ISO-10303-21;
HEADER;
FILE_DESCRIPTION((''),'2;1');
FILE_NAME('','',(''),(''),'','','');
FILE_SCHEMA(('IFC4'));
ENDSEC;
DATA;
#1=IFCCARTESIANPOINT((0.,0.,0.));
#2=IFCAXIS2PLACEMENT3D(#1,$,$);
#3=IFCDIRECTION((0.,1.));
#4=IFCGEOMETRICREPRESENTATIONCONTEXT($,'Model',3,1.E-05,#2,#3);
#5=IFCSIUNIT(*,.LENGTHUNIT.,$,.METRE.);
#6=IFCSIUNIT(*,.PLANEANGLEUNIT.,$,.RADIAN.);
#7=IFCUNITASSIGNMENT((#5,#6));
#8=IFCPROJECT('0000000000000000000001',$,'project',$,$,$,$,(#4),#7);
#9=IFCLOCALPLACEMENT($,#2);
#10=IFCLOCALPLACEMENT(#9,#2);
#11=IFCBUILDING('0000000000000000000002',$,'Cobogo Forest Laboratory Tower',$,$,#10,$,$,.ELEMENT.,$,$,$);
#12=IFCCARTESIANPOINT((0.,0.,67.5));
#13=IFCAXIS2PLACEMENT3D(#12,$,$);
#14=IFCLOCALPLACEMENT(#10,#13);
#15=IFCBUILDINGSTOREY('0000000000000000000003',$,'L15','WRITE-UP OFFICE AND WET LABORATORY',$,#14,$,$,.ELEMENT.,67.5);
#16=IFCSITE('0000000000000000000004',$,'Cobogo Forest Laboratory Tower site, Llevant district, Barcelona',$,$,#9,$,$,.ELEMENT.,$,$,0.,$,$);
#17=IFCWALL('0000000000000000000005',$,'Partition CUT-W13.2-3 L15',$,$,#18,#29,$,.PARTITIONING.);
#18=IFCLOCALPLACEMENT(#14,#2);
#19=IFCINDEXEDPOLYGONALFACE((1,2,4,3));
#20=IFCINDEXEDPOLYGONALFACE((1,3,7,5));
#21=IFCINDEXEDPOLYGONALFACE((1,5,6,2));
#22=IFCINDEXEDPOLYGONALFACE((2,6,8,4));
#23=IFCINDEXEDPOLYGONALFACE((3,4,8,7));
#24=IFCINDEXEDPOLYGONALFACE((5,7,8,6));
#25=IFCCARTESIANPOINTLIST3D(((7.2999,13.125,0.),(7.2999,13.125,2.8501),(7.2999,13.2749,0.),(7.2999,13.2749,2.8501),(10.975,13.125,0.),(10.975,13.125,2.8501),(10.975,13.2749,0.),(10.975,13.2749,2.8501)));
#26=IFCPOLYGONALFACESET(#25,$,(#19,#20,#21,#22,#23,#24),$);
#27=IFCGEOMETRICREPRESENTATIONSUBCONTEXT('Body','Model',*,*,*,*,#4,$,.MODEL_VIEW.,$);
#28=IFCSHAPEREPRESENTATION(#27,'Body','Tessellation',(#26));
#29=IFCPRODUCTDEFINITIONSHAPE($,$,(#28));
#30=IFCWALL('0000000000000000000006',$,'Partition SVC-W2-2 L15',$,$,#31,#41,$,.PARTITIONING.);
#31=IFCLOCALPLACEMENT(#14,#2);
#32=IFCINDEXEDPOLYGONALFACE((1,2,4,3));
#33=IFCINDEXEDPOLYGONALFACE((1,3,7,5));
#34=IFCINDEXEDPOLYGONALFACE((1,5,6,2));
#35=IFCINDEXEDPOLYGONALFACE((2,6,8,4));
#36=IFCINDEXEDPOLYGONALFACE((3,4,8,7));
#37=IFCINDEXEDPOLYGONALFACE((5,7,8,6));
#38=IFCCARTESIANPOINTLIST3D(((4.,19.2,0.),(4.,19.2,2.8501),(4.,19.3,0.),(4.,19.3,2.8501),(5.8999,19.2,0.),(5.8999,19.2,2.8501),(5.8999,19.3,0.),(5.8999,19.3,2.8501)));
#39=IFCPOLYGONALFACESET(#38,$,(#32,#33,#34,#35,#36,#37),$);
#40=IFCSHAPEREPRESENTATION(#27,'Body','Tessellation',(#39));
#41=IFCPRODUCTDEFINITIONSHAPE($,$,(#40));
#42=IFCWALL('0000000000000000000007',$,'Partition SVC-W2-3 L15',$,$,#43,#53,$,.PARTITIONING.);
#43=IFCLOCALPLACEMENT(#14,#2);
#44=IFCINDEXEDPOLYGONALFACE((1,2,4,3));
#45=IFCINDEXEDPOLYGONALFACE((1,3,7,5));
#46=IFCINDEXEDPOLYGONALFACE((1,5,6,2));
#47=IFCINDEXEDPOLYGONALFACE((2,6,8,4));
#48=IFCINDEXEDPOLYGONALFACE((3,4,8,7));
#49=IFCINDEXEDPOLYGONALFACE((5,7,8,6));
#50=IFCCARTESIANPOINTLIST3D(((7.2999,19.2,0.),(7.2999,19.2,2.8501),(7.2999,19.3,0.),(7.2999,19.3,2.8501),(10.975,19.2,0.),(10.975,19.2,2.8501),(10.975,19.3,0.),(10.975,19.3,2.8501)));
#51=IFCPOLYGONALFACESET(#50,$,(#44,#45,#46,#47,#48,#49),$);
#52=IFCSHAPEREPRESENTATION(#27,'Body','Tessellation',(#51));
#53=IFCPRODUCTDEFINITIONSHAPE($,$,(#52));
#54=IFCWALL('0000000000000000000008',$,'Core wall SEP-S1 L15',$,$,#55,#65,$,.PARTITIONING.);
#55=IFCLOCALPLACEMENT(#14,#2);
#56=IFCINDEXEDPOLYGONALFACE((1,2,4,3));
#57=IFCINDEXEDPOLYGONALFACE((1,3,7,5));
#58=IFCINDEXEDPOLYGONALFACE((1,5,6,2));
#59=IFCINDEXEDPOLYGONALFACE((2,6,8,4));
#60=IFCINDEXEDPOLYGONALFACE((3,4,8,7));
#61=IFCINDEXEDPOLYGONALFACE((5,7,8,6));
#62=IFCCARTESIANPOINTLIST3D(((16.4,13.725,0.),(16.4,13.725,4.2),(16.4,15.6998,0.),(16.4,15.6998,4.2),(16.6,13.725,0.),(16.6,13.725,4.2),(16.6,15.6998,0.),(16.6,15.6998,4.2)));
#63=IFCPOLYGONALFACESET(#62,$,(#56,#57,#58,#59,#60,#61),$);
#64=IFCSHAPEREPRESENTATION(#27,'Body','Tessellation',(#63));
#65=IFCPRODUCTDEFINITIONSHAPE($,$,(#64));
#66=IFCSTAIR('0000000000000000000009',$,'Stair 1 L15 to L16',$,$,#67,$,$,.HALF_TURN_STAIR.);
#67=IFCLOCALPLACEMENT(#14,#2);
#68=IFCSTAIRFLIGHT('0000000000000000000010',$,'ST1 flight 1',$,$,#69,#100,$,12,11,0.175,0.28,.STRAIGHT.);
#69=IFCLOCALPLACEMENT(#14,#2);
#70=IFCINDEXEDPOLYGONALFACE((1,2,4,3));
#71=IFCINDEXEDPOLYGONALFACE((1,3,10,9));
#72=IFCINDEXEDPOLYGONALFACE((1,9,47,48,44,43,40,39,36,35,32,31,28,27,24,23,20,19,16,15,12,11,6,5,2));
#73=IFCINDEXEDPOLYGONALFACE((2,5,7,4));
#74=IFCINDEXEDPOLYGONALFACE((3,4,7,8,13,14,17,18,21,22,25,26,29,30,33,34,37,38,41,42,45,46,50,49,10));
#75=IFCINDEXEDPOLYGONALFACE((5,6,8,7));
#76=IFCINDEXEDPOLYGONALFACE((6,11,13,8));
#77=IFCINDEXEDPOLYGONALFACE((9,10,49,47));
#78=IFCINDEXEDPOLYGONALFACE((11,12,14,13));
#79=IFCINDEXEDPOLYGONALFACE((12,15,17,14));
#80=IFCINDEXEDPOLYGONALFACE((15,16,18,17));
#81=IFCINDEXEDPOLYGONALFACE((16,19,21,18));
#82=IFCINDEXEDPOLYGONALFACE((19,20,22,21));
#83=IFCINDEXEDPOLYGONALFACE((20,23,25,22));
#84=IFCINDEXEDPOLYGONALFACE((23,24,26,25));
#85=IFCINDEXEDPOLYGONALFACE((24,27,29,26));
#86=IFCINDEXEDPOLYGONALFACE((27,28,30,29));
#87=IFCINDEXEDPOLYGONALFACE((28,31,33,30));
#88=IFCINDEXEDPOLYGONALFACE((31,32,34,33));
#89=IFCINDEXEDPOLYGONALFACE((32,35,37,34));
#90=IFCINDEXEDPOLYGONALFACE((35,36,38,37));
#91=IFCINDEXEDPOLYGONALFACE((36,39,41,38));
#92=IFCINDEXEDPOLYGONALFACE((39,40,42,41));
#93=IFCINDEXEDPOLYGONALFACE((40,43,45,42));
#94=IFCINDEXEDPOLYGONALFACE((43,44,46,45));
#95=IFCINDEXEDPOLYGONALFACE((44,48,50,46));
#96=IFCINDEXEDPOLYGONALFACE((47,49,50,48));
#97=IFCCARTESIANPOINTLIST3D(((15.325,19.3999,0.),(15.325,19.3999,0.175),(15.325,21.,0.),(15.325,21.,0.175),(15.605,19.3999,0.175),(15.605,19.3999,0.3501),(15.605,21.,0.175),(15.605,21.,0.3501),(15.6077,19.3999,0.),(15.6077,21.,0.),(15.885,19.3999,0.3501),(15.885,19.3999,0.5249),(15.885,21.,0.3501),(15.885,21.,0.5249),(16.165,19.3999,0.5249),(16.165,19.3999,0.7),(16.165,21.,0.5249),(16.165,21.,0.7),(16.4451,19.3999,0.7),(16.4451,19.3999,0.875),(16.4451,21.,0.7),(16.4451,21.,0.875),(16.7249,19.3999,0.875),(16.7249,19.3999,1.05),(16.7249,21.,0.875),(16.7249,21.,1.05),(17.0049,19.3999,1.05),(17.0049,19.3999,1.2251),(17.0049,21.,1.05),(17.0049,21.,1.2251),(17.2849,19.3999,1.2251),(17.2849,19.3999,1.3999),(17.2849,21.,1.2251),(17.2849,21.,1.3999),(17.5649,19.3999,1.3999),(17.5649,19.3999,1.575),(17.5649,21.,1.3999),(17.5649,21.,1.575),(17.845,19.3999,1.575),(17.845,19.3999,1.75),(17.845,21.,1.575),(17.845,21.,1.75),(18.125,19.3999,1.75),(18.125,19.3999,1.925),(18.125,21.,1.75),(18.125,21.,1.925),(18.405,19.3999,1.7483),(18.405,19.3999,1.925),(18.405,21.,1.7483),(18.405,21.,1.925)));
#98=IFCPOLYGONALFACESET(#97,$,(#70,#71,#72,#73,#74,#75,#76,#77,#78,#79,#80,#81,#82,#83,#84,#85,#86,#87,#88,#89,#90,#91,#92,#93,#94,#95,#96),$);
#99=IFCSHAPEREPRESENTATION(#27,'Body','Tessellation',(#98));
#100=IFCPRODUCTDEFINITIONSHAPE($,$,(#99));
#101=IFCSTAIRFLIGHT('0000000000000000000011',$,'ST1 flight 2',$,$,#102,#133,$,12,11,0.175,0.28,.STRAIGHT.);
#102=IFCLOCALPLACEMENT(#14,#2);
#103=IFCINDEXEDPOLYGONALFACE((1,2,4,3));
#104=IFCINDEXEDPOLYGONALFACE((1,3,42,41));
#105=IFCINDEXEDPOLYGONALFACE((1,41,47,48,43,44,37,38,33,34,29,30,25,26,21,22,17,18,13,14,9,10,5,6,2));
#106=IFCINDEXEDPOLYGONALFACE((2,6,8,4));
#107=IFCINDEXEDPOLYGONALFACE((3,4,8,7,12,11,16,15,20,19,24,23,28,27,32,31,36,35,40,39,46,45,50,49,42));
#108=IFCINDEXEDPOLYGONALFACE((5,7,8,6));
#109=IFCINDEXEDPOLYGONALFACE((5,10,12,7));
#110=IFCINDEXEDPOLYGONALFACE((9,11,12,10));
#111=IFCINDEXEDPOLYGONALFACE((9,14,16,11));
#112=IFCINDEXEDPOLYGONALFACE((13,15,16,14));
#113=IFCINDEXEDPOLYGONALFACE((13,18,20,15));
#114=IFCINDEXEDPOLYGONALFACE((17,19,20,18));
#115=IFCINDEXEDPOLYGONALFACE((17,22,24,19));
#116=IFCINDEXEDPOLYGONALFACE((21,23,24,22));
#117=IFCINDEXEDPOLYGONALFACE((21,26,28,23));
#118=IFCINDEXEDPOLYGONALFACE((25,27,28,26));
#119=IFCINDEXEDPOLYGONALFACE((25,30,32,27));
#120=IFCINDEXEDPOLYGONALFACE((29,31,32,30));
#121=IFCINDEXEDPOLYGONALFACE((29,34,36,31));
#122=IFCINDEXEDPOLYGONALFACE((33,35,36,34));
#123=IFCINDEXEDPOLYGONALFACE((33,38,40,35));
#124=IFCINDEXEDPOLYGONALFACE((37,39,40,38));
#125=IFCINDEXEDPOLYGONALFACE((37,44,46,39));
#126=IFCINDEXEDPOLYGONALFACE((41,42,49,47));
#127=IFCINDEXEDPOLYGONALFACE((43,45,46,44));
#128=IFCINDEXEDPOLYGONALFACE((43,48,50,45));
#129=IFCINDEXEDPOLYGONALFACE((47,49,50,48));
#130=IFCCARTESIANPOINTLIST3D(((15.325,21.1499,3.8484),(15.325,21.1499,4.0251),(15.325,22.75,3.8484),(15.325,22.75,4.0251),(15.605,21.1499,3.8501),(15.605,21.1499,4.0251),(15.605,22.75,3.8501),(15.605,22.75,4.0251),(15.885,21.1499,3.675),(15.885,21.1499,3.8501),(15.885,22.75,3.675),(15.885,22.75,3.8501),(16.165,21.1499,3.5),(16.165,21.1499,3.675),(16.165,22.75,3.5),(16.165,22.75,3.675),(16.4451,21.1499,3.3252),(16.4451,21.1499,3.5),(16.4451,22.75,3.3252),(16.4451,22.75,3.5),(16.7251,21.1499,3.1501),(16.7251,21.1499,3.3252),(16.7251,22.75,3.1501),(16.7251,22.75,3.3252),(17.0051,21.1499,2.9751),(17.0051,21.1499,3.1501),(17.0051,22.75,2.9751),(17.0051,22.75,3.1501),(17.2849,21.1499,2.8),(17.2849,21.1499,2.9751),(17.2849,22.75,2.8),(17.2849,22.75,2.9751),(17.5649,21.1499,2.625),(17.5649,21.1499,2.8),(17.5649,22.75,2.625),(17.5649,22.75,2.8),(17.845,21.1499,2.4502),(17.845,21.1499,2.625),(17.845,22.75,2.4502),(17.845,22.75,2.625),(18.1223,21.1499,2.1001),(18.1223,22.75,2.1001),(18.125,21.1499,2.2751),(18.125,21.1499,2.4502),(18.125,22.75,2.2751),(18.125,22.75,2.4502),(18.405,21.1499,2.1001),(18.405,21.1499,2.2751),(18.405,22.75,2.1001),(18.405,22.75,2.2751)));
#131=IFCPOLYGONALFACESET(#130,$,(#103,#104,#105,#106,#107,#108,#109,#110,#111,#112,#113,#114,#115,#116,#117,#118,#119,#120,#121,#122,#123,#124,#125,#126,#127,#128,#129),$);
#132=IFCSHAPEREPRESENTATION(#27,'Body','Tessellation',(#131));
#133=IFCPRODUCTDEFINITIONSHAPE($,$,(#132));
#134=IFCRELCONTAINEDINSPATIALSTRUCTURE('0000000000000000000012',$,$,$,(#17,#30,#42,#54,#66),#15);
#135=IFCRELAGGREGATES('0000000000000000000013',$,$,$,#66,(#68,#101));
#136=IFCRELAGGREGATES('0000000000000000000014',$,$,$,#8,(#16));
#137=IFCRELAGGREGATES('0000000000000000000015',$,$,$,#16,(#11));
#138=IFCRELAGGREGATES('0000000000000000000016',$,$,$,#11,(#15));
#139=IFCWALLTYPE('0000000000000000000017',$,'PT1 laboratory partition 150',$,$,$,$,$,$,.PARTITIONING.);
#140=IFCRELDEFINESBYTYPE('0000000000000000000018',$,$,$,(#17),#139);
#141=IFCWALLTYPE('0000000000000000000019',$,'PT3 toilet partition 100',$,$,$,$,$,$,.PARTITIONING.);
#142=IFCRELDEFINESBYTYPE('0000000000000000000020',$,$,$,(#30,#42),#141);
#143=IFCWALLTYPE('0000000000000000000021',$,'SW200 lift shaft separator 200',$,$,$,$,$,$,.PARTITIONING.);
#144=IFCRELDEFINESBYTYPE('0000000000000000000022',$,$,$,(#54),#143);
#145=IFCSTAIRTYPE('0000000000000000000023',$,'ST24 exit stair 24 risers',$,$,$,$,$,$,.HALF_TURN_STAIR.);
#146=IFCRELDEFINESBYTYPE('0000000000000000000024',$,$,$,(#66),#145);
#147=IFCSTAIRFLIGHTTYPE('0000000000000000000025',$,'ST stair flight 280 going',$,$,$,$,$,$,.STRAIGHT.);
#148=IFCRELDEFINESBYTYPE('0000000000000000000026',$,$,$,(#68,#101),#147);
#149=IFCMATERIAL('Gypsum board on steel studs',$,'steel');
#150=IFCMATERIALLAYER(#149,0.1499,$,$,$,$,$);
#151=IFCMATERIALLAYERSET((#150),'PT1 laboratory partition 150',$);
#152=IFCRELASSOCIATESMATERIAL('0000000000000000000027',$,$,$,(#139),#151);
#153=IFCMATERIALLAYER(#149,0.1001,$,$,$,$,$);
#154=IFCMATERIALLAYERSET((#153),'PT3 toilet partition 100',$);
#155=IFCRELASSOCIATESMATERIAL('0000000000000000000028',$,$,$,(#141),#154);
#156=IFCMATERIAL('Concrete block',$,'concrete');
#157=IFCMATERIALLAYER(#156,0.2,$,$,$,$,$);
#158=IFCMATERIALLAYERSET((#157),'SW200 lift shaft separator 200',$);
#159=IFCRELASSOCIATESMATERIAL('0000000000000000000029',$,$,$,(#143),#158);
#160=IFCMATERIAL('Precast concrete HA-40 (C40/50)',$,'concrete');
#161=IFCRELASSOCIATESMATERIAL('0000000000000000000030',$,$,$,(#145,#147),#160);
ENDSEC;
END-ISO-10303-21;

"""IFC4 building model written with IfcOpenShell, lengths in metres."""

from ifc_helpers import new_model, si_unit, direction, frame, frame_2d, origin, place, context, subcontext, project, spatial, polyline, rectangle, outline, extrude, material, layer, layer_set, type_object, element, aggregate, save


model = new_model("IFC4")

# Units and contexts
model_context = context("Model", 3, precision=1e-05, world=origin(), true_north=direction((0.0, 1.0)))
body_context = subcontext(model_context, "Body", "Model", "MODEL_VIEW")
ifc_project = project(units=[si_unit("LENGTHUNIT", "METRE"), si_unit("PLANEANGLEUNIT", "RADIAN")], contexts=[model_context])

# Site, building, storey
site_placement = place(None, origin())
site = spatial("IfcSite", under=ifc_project, at=site_placement, Name="Cobogo Forest Laboratory Tower site, Llevant district, Barcelona", CompositionType="ELEMENT", RefElevation=0.0)
building_placement = place(site_placement, origin())
building = spatial("IfcBuilding", under=site, at=building_placement, Name="Cobogo Forest Laboratory Tower", CompositionType="ELEMENT")
storey_placement = place(building_placement, frame((0.0, 0.0, 67.5)))
storey = spatial("IfcBuildingStorey", under=building, at=storey_placement, Name="L15", Description="WRITE-UP OFFICE AND WET LABORATORY", CompositionType="ELEMENT", Elevation=67.5)

# Walls
ifc_material_1 = material(Name="Gypsum board on steel studs", Category="steel")
ifc_layer_1 = layer(ifc_material_1, 0.1499)
ifc_layer_set_1 = layer_set([ifc_layer_1], Name="PT1 laboratory partition 150")
wall_type_1 = type_object("IfcWallType", Name="PT1 laboratory partition 150", PredefinedType="PARTITIONING", material=ifc_layer_set_1)
wall_1_placement = place(storey_placement, frame((7.3, 13.2, 0.0), z_axis=(0.0, 0.0, 1.0), x_axis=(1.0, 0.0, 0.0)))
element("IfcWall", 1, at=wall_1_placement, inside=storey, type_object=wall_type_1, Name="Partition CUT-W13.2-3 L15", PredefinedType="PARTITIONING", context=body_context, shape_type="SweptSolid", body=[
    extrude(rectangle(XDim=3.675, YDim=0.1499, at=frame_2d((1.8374, 0.0))), origin(), (0.0, 0.0, 1.0), 2.8501),
])
ifc_layer_2 = layer(ifc_material_1, 0.1001)
ifc_layer_set_2 = layer_set([ifc_layer_2], Name="PT3 toilet partition 100")
wall_type_2 = type_object("IfcWallType", Name="PT3 toilet partition 100", PredefinedType="PARTITIONING", material=ifc_layer_set_2)
wall_2_placement = place(storey_placement, frame((4.0, 19.25, 0.0), z_axis=(0.0, 0.0, 1.0), x_axis=(1.0, 0.0, 0.0)))
element("IfcWall", 2, at=wall_2_placement, inside=storey, type_object=wall_type_2, Name="Partition SVC-W2-2 L15", PredefinedType="PARTITIONING", context=body_context, shape_type="SweptSolid", body=[
    extrude(rectangle(XDim=1.8999, YDim=0.1001, at=frame_2d((0.95, 0.0))), origin(), (0.0, 0.0, 1.0), 2.8501),
])
wall_3_placement = place(storey_placement, frame((7.3, 19.25, 0.0), z_axis=(0.0, 0.0, 1.0), x_axis=(1.0, 0.0, 0.0)))
element("IfcWall", 3, at=wall_3_placement, inside=storey, type_object=wall_type_2, Name="Partition SVC-W2-3 L15", PredefinedType="PARTITIONING", context=body_context, shape_type="SweptSolid", body=[
    extrude(rectangle(XDim=3.675, YDim=0.1001, at=frame_2d((1.8374, 0.0))), origin(), (0.0, 0.0, 1.0), 2.8501),
])
ifc_material_2 = material(Name="Concrete block", Category="concrete")
ifc_layer_3 = layer(ifc_material_2, 0.2)
ifc_layer_set_3 = layer_set([ifc_layer_3], Name="SW200 lift shaft separator 200")
wall_type_3 = type_object("IfcWallType", Name="SW200 lift shaft separator 200", PredefinedType="PARTITIONING", material=ifc_layer_set_3)
wall_4_placement = place(storey_placement, frame((16.5, 13.7251, 0.0), z_axis=(0.0, 0.0, 1.0), x_axis=(0.0, 1.0, 0.0)))
element("IfcWall", 4, at=wall_4_placement, inside=storey, type_object=wall_type_3, Name="Core wall SEP-S1 L15", PredefinedType="PARTITIONING", context=body_context, shape_type="SweptSolid", body=[
    extrude(rectangle(XDim=1.9749, YDim=0.2, at=frame_2d((0.9873, 0.0))), origin(), (0.0, 0.0, 1.0), 4.2),
])

# Stair, stair flights
ifc_material_3 = material(Name="Precast concrete HA-40 (C40/50)", Category="concrete")
stair_type = type_object("IfcStairType", Name="ST24 exit stair 24 risers", PredefinedType="HALF_TURN_STAIR", material=ifc_material_3)
stair_placement = place(storey_placement, origin())
stair = element("IfcStair", 5, at=stair_placement, inside=storey, type_object=stair_type, Name="Stair 1 L15 to L16", PredefinedType="HALF_TURN_STAIR")
stair_flight_type = type_object("IfcStairFlightType", Name="ST stair flight 280 going", PredefinedType="STRAIGHT", material=ifc_material_3)
stair_flight_1_placement = place(storey_placement, frame((15.325, 20.2, 0.0), z_axis=(0.0, 0.0, 1.0), x_axis=(1.0, 0.0, 0.0)))
stair_flight_1 = element("IfcStairFlight", 6, at=stair_flight_1_placement, type_object=stair_flight_type, Name="ST1 flight 1", NumberOfRisers=12, NumberOfTreads=11, PredefinedType="STRAIGHT", RiserHeight=0.175, TreadLength=0.28, context=body_context, shape_type="SweptSolid", body=[
    extrude(outline(polyline([(0.0, 0.0), (0.0, 0.175), (0.28, 0.175), (0.28, 0.3501), (0.5601, 0.3501), (0.5601, 0.5249), (0.8401, 0.5249), (0.8401, 0.7), (1.1201, 0.7), (1.1201, 0.875), (1.3999, 0.875), (1.3999, 1.05), (1.6799, 1.05), (1.6799, 1.2251), (1.96, 1.2251), (1.96, 1.3999), (2.24, 1.3999), (2.24, 1.575), (2.52, 1.575), (2.52, 1.75), (2.8, 1.75), (2.8, 1.925), (3.0801, 1.925), (3.0801, 2.1001), (3.0801, 1.7483), (0.2827, 0.0), (0.0, 0.0)])), frame((0.0, 0.8, 0.0), z_axis=(0.0, -1.0, 0.0), x_axis=(1.0, 0.0, 0.0)), (0.0, 0.0, 1.0), 1.6001),
])
stair_flight_2_placement = place(storey_placement, frame((18.405, 21.95, 2.1001), z_axis=(0.0, 0.0, 1.0), x_axis=(-1.0, 0.0, 0.0)))
stair_flight_2 = element("IfcStairFlight", 7, at=stair_flight_2_placement, type_object=stair_flight_type, Name="ST1 flight 2", NumberOfRisers=12, NumberOfTreads=11, PredefinedType="STRAIGHT", RiserHeight=0.175, TreadLength=0.28, context=body_context, shape_type="SweptSolid", body=[
    extrude(outline(polyline([(0.0, 0.0), (0.0, 0.175), (0.28, 0.175), (0.28, 0.3501), (0.5601, 0.3501), (0.5601, 0.5249), (0.8401, 0.5249), (0.8401, 0.7), (1.1201, 0.7), (1.1201, 0.875), (1.3999, 0.875), (1.3999, 1.05), (1.6799, 1.05), (1.6799, 1.2251), (1.96, 1.2251), (1.96, 1.3999), (2.24, 1.3999), (2.24, 1.575), (2.52, 1.575), (2.52, 1.75), (2.8, 1.75), (2.8, 1.925), (3.0801, 1.925), (3.0801, 2.1001), (3.0801, 1.7483), (0.2827, 0.0), (0.0, 0.0)])), frame((0.0, 0.8, 0.0), z_axis=(0.0, -1.0, 0.0), x_axis=(1.0, 0.0, 0.0)), (0.0, 0.0, 1.0), 1.6001),
])
aggregate(stair, [stair_flight_1, stair_flight_2])

save(model, "model.ifc")
